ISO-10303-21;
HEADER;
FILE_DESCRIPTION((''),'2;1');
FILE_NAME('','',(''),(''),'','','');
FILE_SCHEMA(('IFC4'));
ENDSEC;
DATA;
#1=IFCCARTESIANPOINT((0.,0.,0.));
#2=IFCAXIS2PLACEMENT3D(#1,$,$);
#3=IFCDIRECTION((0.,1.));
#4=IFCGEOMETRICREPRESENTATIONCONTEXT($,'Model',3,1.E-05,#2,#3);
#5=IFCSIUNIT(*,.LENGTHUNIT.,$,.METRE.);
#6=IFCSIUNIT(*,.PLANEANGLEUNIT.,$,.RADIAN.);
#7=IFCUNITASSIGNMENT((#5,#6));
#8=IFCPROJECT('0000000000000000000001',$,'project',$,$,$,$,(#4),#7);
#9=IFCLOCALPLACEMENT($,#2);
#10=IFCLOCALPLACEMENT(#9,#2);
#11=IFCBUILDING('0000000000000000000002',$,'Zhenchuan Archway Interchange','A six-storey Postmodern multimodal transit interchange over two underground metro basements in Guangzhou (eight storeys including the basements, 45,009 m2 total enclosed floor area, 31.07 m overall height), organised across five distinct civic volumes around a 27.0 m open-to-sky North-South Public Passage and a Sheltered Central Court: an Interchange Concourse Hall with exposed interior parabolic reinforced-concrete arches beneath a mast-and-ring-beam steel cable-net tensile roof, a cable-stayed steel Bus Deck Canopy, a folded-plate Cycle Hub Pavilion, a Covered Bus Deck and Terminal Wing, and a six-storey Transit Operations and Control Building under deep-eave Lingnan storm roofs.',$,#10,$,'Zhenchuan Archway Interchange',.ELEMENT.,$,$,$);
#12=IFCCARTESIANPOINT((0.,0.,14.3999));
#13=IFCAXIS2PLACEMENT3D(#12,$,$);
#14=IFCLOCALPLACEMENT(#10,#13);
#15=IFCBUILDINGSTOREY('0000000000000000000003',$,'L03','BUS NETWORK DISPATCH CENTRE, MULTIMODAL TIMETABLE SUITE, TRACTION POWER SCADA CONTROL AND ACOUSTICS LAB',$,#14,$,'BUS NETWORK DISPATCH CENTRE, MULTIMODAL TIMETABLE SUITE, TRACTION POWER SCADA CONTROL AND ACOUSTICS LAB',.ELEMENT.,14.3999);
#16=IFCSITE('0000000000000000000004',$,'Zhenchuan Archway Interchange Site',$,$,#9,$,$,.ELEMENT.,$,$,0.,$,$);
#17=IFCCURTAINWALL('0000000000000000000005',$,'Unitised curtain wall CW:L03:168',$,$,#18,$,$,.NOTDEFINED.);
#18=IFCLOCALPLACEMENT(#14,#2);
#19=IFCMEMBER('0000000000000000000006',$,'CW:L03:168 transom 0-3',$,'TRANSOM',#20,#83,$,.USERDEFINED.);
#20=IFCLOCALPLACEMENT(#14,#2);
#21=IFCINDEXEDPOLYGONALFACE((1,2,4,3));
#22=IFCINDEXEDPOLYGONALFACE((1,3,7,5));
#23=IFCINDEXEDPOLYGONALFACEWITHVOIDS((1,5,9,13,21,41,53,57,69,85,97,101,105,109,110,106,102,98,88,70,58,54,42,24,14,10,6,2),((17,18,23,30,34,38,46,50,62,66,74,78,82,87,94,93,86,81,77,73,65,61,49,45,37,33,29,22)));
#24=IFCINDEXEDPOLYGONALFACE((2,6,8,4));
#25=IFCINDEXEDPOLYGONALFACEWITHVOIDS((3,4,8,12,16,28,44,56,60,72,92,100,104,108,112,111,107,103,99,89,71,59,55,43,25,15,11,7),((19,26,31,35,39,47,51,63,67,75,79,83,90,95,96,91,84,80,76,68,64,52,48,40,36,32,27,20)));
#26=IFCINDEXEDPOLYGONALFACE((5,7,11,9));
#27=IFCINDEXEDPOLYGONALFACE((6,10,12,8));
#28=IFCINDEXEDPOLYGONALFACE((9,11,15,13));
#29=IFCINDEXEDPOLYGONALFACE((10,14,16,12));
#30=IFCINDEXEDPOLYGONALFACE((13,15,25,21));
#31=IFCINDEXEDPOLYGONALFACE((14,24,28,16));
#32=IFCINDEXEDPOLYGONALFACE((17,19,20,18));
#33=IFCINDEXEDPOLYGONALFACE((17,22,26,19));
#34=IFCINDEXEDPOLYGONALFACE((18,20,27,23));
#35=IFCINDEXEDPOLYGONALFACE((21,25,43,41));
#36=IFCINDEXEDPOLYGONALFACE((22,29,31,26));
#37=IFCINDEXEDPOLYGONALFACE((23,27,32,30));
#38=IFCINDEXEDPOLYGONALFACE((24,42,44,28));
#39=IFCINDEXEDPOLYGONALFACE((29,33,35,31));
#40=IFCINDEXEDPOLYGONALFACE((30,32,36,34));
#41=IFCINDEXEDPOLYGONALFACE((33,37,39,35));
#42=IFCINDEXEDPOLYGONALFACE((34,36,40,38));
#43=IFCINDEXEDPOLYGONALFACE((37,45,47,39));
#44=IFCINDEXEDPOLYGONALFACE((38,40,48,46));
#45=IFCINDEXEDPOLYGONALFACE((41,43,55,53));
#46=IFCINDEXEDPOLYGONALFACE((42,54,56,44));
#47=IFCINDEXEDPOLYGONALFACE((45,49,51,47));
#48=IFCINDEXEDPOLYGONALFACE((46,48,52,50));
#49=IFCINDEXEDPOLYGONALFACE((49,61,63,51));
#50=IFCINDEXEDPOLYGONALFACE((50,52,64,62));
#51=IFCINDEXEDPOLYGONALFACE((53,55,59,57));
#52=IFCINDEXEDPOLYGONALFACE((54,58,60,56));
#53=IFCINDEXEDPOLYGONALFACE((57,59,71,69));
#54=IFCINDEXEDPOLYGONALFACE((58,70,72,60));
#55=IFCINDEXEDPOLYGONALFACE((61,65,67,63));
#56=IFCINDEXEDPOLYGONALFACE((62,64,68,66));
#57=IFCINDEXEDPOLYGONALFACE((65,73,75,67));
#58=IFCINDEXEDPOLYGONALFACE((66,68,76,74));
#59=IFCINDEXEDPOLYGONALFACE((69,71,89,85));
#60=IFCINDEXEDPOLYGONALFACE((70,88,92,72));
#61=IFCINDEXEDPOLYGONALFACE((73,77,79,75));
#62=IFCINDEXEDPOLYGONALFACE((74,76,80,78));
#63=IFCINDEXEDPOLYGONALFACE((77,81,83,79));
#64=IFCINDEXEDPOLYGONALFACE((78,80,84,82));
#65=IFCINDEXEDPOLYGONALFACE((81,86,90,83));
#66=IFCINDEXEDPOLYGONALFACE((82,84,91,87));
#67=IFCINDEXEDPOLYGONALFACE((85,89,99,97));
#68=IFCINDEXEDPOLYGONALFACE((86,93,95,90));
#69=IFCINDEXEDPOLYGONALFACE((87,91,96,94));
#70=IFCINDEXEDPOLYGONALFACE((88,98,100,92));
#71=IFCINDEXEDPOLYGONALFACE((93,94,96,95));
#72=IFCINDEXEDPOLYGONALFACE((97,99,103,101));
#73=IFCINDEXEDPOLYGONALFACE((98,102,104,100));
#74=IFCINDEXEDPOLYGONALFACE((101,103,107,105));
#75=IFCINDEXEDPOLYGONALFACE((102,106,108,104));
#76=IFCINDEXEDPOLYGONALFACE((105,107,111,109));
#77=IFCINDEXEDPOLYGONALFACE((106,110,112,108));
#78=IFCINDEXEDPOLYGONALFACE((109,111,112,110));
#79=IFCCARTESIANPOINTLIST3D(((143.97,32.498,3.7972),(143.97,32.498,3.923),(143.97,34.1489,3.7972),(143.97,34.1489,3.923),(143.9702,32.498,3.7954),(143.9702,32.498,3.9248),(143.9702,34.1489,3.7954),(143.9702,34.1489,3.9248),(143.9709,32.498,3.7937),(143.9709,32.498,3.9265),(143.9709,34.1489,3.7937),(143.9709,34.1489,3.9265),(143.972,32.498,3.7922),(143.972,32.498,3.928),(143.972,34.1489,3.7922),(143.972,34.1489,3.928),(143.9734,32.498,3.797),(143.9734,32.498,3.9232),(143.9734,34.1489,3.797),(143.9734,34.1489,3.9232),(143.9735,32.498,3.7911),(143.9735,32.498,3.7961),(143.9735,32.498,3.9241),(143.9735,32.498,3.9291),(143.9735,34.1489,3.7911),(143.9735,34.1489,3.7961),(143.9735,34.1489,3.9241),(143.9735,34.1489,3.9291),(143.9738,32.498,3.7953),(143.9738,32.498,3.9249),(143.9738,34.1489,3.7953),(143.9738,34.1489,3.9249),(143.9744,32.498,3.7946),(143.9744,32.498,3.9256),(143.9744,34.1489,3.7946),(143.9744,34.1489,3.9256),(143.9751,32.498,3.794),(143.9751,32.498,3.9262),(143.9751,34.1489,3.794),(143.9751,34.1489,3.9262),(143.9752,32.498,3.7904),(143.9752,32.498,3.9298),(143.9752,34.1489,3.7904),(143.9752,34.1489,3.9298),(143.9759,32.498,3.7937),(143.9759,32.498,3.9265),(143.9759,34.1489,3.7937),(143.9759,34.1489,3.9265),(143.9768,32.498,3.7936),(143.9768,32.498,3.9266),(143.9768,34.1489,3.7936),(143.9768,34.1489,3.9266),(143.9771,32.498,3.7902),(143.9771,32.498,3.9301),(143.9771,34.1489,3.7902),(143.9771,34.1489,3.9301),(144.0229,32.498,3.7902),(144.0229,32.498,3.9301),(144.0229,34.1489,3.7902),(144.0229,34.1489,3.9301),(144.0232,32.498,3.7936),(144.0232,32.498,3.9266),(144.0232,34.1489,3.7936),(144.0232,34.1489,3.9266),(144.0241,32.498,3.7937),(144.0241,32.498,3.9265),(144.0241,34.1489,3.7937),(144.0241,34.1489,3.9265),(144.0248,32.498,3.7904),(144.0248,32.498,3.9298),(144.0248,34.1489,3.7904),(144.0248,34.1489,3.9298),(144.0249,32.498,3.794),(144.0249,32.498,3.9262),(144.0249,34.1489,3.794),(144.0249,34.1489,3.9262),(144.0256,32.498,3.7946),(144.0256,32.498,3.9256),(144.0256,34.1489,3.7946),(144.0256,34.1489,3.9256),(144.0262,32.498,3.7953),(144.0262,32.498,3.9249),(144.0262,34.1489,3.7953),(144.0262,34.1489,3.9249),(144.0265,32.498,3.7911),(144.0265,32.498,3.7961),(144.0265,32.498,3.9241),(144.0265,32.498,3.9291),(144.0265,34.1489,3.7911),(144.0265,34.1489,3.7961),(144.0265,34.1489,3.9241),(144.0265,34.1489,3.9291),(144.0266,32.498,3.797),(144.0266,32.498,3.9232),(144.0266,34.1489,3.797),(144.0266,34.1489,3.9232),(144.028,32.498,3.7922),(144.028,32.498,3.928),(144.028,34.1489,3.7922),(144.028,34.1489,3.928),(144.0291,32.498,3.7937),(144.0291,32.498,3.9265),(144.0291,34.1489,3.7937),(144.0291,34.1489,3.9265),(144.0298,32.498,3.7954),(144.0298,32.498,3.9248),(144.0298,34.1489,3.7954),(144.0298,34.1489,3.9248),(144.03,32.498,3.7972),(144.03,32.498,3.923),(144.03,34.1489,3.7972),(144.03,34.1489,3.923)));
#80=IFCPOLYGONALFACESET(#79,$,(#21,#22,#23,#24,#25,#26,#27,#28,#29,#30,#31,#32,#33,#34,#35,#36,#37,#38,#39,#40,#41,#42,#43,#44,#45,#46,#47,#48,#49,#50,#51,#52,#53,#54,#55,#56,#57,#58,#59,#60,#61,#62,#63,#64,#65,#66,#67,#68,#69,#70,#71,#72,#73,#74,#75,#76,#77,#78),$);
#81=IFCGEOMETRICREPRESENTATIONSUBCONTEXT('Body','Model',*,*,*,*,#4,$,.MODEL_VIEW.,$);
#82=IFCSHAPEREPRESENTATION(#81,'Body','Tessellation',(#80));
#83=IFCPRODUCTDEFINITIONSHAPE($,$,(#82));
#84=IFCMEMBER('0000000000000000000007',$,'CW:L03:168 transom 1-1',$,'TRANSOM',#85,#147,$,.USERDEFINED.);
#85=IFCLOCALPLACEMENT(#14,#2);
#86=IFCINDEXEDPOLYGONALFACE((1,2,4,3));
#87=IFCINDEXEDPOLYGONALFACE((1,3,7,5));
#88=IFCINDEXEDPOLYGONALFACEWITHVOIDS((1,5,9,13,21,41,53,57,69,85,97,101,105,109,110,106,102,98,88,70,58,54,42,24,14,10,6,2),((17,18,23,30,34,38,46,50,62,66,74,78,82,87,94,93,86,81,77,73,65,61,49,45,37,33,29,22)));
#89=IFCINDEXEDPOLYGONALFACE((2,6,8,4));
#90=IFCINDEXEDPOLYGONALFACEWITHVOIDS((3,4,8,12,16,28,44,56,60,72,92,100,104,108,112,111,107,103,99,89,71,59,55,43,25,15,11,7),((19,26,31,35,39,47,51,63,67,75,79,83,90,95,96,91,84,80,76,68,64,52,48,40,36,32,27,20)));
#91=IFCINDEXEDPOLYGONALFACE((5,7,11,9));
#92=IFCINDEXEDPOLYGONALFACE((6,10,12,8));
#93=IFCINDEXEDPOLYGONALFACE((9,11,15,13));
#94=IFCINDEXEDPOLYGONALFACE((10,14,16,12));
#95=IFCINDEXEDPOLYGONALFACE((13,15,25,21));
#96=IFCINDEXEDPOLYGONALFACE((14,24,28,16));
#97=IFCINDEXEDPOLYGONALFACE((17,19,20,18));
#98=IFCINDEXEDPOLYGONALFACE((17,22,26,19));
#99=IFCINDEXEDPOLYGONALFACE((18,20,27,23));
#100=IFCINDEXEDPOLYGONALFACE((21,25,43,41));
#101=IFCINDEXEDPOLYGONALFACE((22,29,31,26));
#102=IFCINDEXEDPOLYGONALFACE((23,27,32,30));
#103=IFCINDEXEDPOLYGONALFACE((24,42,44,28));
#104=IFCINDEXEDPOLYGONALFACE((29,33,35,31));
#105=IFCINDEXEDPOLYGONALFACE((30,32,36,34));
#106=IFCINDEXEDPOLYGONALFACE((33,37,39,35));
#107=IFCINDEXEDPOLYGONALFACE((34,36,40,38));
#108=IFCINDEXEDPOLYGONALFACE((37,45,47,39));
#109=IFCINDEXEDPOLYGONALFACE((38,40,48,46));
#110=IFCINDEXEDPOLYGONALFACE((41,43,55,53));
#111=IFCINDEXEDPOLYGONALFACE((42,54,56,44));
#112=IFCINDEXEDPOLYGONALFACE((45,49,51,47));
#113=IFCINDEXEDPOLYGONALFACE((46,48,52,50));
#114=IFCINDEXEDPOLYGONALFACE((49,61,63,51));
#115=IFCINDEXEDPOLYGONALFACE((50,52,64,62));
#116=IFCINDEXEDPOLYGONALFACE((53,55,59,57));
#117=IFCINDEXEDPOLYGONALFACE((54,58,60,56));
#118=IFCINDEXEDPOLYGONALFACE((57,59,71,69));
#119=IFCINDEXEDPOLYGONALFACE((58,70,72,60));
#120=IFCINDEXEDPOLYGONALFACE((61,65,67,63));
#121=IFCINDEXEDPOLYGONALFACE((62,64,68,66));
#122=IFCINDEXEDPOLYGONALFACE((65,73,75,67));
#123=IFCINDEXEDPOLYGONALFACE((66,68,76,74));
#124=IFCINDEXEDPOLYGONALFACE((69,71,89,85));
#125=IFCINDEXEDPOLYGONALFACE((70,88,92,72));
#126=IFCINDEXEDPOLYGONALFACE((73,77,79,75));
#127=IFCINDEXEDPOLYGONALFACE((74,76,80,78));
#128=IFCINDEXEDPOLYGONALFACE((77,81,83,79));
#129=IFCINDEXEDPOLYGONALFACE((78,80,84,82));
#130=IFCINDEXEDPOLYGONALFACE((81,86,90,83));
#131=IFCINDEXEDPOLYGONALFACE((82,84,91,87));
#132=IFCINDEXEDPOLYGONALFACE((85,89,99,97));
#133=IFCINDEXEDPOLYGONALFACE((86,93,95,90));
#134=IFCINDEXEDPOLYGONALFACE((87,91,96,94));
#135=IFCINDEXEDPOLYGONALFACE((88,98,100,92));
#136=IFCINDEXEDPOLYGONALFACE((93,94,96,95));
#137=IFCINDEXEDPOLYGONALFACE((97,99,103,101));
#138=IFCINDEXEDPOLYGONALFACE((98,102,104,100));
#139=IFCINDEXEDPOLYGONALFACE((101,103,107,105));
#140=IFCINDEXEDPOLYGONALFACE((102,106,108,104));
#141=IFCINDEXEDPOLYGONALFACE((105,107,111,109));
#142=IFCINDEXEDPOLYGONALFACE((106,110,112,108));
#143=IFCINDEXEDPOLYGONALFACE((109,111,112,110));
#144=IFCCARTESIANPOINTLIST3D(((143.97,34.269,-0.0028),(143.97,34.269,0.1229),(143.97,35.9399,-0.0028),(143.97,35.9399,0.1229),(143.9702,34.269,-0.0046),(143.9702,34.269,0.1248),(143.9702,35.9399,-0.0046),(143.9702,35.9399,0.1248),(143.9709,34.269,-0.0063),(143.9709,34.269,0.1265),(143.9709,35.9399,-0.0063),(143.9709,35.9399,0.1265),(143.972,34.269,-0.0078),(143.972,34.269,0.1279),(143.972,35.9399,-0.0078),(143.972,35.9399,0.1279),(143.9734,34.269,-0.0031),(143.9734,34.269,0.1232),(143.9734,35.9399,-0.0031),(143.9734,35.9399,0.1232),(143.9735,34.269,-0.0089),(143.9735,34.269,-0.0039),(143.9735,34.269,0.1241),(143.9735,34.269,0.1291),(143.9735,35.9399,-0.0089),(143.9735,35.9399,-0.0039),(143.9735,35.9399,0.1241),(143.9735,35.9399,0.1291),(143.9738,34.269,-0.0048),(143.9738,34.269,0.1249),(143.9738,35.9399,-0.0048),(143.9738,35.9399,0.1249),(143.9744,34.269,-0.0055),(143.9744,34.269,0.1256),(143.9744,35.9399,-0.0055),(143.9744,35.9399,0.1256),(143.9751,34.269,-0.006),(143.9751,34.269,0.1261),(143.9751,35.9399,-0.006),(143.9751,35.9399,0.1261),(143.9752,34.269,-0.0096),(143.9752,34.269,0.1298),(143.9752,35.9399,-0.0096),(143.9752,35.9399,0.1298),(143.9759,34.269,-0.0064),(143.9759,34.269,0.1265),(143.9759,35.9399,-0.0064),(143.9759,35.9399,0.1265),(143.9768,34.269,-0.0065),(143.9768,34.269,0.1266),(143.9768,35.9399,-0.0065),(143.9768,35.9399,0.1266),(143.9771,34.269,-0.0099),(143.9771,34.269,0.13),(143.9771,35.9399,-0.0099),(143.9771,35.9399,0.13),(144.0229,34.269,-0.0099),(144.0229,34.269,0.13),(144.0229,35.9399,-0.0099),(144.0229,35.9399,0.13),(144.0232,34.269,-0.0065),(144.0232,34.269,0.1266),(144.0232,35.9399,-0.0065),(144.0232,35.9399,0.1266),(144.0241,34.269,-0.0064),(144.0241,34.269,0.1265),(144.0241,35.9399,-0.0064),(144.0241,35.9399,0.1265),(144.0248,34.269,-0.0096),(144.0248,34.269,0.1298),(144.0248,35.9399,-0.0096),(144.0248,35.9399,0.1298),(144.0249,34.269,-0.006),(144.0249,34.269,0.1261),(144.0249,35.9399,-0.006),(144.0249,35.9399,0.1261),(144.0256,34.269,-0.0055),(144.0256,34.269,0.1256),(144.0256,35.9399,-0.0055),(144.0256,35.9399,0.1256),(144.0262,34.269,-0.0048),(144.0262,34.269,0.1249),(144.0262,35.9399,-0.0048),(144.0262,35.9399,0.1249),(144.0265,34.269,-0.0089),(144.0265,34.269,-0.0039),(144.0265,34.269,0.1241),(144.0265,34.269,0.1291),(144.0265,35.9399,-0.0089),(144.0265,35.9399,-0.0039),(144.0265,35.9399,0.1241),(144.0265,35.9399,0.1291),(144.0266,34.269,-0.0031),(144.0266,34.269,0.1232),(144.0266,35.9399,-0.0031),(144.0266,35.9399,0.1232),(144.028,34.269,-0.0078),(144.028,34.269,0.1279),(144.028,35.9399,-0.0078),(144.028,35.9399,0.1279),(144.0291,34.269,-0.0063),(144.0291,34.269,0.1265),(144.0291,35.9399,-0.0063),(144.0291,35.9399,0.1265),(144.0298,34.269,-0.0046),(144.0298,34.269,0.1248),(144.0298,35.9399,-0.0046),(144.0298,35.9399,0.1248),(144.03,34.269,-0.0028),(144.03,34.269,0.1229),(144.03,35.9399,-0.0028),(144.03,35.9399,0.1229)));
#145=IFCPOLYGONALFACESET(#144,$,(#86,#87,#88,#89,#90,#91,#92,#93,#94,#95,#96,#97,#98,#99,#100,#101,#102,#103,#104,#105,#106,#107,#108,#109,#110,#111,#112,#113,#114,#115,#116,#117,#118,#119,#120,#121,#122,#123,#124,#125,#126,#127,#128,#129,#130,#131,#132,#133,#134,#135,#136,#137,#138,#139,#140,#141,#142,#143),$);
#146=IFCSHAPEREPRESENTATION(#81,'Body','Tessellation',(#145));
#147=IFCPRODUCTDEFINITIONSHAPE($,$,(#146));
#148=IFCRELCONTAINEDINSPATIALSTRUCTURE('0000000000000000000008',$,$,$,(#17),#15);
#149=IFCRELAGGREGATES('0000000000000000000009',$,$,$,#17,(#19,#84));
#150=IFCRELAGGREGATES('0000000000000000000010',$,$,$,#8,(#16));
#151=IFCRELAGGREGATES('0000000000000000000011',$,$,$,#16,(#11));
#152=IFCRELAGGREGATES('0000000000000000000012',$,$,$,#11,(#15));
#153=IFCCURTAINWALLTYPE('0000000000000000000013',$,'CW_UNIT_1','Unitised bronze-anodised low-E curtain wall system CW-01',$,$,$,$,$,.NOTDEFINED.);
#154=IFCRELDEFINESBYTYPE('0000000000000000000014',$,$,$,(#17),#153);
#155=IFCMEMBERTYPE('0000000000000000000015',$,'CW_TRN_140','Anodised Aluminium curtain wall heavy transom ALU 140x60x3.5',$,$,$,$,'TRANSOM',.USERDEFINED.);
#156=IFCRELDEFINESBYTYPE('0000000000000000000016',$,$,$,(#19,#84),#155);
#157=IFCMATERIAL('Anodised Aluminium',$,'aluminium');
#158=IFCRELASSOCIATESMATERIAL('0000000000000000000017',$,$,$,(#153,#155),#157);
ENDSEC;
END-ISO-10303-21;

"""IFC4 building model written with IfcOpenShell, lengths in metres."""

from ifc_helpers import new_model, si_unit, direction, frame, origin, origin_2d, place, context, subcontext, project, spatial, hollow_rectangle, extrude, material, material_profile, profile_set, type_object, element, aggregate, save


model = new_model("IFC4")

# Units and contexts
model_context = context("Model", 3, precision=1e-05, world=origin(), true_north=direction((0.0, 1.0)))
body_context = subcontext(model_context, "Body", "Model", "MODEL_VIEW")
ifc_project = project(units=[si_unit("LENGTHUNIT", "METRE"), si_unit("PLANEANGLEUNIT", "RADIAN")], contexts=[model_context])

# Site, building, storey
site_placement = place(None, origin())
site = spatial("IfcSite", under=ifc_project, at=site_placement, Name="Zhenchuan Archway Interchange Site", CompositionType="ELEMENT", RefElevation=0.0)
building_placement = place(site_placement, origin())
building = spatial("IfcBuilding", under=site, at=building_placement, Name="Zhenchuan Archway Interchange", Description="A six-storey Postmodern multimodal transit interchange over two underground metro basements in Guangzhou (eight storeys including the basements, 45,009 m2 total enclosed floor area, 31.07 m overall height), organised across five distinct civic volumes around a 27.0 m open-to-sky North-South Public Passage and a Sheltered Central Court: an Interchange Concourse Hall with exposed interior parabolic reinforced-concrete arches beneath a mast-and-ring-beam steel cable-net tensile roof, a cable-stayed steel Bus Deck Canopy, a folded-plate Cycle Hub Pavilion, a Covered Bus Deck and Terminal Wing, and a six-storey Transit Operations and Control Building under deep-eave Lingnan storm roofs.", LongName="Zhenchuan Archway Interchange", CompositionType="ELEMENT")
storey_placement = place(building_placement, frame((0.0, 0.0, 14.3999)))
storey = spatial("IfcBuildingStorey", under=building, at=storey_placement, Name="L03", Description="BUS NETWORK DISPATCH CENTRE, MULTIMODAL TIMETABLE SUITE, TRACTION POWER SCADA CONTROL AND ACOUSTICS LAB", LongName="BUS NETWORK DISPATCH CENTRE, MULTIMODAL TIMETABLE SUITE, TRACTION POWER SCADA CONTROL AND ACOUSTICS LAB", CompositionType="ELEMENT", Elevation=14.3999)

# Curtain wall
ifc_material_1 = material(Name="Anodised Aluminium", Category="aluminium")
curtain_wall_type_1 = type_object("IfcCurtainWallType", Name="CW_UNIT_1", Description="Unitised bronze-anodised low-E curtain wall system CW-01", PredefinedType="NOTDEFINED", material=ifc_material_1)
curtain_wall_1_placement = place(storey_placement, origin())
curtain_wall_1 = element("IfcCurtainWall", 1, at=curtain_wall_1_placement, inside=storey, type_object=curtain_wall_type_1, Name="Unitised curtain wall CW:L03:168", PredefinedType="NOTDEFINED")

# Members
ifc_material_profile_1 = material_profile(ifc_material_1, hollow_rectangle(XDim=0.0601, YDim=0.1399, WallThickness=0.0034, InnerFilletRadius=0.0034, OuterFilletRadius=0.0071, at=origin_2d()), Name="ALU 140x60x3.5")
ifc_profile_set_1 = profile_set([ifc_material_profile_1], Name="Anodised Aluminium")
member_type_1 = type_object("IfcMemberType", Name="CW_TRN_140", Description="Anodised Aluminium curtain wall heavy transom ALU 140x60x3.5", ElementType="TRANSOM", PredefinedType="USERDEFINED", material=ifc_profile_set_1)
member_1_placement = place(storey_placement, frame((144.0, 32.498, 3.8601), z_axis=(0.0, 1.0, 0.0), x_axis=(-1.0, 0.0, 0.0)))
member_1 = element("IfcMember", 2, at=member_1_placement, type_object=member_type_1, Name="CW:L03:168 transom 0-3", ObjectType="TRANSOM", PredefinedType="USERDEFINED", context=body_context, shape_type="SweptSolid", body=[
    extrude(hollow_rectangle(XDim=0.0601, YDim=0.1399, WallThickness=0.0034, InnerFilletRadius=0.0034, OuterFilletRadius=0.0071, at=origin_2d()), origin(), (0.0, 0.0, 1.0), 1.6509),
])
member_2_placement = place(storey_placement, frame((144.0, 34.269, 0.0601), z_axis=(0.0, 1.0, 0.0), x_axis=(-1.0, 0.0, 0.0)))
member_2 = element("IfcMember", 3, at=member_2_placement, type_object=member_type_1, Name="CW:L03:168 transom 1-1", ObjectType="TRANSOM", PredefinedType="USERDEFINED", context=body_context, shape_type="SweptSolid", body=[
    extrude(hollow_rectangle(XDim=0.0601, YDim=0.1399, WallThickness=0.0034, InnerFilletRadius=0.0034, OuterFilletRadius=0.0071, at=origin_2d()), origin(), (0.0, 0.0, 1.0), 1.6709),
])

aggregate(curtain_wall_1, [member_1, member_2])

save(model, "model.ifc")
